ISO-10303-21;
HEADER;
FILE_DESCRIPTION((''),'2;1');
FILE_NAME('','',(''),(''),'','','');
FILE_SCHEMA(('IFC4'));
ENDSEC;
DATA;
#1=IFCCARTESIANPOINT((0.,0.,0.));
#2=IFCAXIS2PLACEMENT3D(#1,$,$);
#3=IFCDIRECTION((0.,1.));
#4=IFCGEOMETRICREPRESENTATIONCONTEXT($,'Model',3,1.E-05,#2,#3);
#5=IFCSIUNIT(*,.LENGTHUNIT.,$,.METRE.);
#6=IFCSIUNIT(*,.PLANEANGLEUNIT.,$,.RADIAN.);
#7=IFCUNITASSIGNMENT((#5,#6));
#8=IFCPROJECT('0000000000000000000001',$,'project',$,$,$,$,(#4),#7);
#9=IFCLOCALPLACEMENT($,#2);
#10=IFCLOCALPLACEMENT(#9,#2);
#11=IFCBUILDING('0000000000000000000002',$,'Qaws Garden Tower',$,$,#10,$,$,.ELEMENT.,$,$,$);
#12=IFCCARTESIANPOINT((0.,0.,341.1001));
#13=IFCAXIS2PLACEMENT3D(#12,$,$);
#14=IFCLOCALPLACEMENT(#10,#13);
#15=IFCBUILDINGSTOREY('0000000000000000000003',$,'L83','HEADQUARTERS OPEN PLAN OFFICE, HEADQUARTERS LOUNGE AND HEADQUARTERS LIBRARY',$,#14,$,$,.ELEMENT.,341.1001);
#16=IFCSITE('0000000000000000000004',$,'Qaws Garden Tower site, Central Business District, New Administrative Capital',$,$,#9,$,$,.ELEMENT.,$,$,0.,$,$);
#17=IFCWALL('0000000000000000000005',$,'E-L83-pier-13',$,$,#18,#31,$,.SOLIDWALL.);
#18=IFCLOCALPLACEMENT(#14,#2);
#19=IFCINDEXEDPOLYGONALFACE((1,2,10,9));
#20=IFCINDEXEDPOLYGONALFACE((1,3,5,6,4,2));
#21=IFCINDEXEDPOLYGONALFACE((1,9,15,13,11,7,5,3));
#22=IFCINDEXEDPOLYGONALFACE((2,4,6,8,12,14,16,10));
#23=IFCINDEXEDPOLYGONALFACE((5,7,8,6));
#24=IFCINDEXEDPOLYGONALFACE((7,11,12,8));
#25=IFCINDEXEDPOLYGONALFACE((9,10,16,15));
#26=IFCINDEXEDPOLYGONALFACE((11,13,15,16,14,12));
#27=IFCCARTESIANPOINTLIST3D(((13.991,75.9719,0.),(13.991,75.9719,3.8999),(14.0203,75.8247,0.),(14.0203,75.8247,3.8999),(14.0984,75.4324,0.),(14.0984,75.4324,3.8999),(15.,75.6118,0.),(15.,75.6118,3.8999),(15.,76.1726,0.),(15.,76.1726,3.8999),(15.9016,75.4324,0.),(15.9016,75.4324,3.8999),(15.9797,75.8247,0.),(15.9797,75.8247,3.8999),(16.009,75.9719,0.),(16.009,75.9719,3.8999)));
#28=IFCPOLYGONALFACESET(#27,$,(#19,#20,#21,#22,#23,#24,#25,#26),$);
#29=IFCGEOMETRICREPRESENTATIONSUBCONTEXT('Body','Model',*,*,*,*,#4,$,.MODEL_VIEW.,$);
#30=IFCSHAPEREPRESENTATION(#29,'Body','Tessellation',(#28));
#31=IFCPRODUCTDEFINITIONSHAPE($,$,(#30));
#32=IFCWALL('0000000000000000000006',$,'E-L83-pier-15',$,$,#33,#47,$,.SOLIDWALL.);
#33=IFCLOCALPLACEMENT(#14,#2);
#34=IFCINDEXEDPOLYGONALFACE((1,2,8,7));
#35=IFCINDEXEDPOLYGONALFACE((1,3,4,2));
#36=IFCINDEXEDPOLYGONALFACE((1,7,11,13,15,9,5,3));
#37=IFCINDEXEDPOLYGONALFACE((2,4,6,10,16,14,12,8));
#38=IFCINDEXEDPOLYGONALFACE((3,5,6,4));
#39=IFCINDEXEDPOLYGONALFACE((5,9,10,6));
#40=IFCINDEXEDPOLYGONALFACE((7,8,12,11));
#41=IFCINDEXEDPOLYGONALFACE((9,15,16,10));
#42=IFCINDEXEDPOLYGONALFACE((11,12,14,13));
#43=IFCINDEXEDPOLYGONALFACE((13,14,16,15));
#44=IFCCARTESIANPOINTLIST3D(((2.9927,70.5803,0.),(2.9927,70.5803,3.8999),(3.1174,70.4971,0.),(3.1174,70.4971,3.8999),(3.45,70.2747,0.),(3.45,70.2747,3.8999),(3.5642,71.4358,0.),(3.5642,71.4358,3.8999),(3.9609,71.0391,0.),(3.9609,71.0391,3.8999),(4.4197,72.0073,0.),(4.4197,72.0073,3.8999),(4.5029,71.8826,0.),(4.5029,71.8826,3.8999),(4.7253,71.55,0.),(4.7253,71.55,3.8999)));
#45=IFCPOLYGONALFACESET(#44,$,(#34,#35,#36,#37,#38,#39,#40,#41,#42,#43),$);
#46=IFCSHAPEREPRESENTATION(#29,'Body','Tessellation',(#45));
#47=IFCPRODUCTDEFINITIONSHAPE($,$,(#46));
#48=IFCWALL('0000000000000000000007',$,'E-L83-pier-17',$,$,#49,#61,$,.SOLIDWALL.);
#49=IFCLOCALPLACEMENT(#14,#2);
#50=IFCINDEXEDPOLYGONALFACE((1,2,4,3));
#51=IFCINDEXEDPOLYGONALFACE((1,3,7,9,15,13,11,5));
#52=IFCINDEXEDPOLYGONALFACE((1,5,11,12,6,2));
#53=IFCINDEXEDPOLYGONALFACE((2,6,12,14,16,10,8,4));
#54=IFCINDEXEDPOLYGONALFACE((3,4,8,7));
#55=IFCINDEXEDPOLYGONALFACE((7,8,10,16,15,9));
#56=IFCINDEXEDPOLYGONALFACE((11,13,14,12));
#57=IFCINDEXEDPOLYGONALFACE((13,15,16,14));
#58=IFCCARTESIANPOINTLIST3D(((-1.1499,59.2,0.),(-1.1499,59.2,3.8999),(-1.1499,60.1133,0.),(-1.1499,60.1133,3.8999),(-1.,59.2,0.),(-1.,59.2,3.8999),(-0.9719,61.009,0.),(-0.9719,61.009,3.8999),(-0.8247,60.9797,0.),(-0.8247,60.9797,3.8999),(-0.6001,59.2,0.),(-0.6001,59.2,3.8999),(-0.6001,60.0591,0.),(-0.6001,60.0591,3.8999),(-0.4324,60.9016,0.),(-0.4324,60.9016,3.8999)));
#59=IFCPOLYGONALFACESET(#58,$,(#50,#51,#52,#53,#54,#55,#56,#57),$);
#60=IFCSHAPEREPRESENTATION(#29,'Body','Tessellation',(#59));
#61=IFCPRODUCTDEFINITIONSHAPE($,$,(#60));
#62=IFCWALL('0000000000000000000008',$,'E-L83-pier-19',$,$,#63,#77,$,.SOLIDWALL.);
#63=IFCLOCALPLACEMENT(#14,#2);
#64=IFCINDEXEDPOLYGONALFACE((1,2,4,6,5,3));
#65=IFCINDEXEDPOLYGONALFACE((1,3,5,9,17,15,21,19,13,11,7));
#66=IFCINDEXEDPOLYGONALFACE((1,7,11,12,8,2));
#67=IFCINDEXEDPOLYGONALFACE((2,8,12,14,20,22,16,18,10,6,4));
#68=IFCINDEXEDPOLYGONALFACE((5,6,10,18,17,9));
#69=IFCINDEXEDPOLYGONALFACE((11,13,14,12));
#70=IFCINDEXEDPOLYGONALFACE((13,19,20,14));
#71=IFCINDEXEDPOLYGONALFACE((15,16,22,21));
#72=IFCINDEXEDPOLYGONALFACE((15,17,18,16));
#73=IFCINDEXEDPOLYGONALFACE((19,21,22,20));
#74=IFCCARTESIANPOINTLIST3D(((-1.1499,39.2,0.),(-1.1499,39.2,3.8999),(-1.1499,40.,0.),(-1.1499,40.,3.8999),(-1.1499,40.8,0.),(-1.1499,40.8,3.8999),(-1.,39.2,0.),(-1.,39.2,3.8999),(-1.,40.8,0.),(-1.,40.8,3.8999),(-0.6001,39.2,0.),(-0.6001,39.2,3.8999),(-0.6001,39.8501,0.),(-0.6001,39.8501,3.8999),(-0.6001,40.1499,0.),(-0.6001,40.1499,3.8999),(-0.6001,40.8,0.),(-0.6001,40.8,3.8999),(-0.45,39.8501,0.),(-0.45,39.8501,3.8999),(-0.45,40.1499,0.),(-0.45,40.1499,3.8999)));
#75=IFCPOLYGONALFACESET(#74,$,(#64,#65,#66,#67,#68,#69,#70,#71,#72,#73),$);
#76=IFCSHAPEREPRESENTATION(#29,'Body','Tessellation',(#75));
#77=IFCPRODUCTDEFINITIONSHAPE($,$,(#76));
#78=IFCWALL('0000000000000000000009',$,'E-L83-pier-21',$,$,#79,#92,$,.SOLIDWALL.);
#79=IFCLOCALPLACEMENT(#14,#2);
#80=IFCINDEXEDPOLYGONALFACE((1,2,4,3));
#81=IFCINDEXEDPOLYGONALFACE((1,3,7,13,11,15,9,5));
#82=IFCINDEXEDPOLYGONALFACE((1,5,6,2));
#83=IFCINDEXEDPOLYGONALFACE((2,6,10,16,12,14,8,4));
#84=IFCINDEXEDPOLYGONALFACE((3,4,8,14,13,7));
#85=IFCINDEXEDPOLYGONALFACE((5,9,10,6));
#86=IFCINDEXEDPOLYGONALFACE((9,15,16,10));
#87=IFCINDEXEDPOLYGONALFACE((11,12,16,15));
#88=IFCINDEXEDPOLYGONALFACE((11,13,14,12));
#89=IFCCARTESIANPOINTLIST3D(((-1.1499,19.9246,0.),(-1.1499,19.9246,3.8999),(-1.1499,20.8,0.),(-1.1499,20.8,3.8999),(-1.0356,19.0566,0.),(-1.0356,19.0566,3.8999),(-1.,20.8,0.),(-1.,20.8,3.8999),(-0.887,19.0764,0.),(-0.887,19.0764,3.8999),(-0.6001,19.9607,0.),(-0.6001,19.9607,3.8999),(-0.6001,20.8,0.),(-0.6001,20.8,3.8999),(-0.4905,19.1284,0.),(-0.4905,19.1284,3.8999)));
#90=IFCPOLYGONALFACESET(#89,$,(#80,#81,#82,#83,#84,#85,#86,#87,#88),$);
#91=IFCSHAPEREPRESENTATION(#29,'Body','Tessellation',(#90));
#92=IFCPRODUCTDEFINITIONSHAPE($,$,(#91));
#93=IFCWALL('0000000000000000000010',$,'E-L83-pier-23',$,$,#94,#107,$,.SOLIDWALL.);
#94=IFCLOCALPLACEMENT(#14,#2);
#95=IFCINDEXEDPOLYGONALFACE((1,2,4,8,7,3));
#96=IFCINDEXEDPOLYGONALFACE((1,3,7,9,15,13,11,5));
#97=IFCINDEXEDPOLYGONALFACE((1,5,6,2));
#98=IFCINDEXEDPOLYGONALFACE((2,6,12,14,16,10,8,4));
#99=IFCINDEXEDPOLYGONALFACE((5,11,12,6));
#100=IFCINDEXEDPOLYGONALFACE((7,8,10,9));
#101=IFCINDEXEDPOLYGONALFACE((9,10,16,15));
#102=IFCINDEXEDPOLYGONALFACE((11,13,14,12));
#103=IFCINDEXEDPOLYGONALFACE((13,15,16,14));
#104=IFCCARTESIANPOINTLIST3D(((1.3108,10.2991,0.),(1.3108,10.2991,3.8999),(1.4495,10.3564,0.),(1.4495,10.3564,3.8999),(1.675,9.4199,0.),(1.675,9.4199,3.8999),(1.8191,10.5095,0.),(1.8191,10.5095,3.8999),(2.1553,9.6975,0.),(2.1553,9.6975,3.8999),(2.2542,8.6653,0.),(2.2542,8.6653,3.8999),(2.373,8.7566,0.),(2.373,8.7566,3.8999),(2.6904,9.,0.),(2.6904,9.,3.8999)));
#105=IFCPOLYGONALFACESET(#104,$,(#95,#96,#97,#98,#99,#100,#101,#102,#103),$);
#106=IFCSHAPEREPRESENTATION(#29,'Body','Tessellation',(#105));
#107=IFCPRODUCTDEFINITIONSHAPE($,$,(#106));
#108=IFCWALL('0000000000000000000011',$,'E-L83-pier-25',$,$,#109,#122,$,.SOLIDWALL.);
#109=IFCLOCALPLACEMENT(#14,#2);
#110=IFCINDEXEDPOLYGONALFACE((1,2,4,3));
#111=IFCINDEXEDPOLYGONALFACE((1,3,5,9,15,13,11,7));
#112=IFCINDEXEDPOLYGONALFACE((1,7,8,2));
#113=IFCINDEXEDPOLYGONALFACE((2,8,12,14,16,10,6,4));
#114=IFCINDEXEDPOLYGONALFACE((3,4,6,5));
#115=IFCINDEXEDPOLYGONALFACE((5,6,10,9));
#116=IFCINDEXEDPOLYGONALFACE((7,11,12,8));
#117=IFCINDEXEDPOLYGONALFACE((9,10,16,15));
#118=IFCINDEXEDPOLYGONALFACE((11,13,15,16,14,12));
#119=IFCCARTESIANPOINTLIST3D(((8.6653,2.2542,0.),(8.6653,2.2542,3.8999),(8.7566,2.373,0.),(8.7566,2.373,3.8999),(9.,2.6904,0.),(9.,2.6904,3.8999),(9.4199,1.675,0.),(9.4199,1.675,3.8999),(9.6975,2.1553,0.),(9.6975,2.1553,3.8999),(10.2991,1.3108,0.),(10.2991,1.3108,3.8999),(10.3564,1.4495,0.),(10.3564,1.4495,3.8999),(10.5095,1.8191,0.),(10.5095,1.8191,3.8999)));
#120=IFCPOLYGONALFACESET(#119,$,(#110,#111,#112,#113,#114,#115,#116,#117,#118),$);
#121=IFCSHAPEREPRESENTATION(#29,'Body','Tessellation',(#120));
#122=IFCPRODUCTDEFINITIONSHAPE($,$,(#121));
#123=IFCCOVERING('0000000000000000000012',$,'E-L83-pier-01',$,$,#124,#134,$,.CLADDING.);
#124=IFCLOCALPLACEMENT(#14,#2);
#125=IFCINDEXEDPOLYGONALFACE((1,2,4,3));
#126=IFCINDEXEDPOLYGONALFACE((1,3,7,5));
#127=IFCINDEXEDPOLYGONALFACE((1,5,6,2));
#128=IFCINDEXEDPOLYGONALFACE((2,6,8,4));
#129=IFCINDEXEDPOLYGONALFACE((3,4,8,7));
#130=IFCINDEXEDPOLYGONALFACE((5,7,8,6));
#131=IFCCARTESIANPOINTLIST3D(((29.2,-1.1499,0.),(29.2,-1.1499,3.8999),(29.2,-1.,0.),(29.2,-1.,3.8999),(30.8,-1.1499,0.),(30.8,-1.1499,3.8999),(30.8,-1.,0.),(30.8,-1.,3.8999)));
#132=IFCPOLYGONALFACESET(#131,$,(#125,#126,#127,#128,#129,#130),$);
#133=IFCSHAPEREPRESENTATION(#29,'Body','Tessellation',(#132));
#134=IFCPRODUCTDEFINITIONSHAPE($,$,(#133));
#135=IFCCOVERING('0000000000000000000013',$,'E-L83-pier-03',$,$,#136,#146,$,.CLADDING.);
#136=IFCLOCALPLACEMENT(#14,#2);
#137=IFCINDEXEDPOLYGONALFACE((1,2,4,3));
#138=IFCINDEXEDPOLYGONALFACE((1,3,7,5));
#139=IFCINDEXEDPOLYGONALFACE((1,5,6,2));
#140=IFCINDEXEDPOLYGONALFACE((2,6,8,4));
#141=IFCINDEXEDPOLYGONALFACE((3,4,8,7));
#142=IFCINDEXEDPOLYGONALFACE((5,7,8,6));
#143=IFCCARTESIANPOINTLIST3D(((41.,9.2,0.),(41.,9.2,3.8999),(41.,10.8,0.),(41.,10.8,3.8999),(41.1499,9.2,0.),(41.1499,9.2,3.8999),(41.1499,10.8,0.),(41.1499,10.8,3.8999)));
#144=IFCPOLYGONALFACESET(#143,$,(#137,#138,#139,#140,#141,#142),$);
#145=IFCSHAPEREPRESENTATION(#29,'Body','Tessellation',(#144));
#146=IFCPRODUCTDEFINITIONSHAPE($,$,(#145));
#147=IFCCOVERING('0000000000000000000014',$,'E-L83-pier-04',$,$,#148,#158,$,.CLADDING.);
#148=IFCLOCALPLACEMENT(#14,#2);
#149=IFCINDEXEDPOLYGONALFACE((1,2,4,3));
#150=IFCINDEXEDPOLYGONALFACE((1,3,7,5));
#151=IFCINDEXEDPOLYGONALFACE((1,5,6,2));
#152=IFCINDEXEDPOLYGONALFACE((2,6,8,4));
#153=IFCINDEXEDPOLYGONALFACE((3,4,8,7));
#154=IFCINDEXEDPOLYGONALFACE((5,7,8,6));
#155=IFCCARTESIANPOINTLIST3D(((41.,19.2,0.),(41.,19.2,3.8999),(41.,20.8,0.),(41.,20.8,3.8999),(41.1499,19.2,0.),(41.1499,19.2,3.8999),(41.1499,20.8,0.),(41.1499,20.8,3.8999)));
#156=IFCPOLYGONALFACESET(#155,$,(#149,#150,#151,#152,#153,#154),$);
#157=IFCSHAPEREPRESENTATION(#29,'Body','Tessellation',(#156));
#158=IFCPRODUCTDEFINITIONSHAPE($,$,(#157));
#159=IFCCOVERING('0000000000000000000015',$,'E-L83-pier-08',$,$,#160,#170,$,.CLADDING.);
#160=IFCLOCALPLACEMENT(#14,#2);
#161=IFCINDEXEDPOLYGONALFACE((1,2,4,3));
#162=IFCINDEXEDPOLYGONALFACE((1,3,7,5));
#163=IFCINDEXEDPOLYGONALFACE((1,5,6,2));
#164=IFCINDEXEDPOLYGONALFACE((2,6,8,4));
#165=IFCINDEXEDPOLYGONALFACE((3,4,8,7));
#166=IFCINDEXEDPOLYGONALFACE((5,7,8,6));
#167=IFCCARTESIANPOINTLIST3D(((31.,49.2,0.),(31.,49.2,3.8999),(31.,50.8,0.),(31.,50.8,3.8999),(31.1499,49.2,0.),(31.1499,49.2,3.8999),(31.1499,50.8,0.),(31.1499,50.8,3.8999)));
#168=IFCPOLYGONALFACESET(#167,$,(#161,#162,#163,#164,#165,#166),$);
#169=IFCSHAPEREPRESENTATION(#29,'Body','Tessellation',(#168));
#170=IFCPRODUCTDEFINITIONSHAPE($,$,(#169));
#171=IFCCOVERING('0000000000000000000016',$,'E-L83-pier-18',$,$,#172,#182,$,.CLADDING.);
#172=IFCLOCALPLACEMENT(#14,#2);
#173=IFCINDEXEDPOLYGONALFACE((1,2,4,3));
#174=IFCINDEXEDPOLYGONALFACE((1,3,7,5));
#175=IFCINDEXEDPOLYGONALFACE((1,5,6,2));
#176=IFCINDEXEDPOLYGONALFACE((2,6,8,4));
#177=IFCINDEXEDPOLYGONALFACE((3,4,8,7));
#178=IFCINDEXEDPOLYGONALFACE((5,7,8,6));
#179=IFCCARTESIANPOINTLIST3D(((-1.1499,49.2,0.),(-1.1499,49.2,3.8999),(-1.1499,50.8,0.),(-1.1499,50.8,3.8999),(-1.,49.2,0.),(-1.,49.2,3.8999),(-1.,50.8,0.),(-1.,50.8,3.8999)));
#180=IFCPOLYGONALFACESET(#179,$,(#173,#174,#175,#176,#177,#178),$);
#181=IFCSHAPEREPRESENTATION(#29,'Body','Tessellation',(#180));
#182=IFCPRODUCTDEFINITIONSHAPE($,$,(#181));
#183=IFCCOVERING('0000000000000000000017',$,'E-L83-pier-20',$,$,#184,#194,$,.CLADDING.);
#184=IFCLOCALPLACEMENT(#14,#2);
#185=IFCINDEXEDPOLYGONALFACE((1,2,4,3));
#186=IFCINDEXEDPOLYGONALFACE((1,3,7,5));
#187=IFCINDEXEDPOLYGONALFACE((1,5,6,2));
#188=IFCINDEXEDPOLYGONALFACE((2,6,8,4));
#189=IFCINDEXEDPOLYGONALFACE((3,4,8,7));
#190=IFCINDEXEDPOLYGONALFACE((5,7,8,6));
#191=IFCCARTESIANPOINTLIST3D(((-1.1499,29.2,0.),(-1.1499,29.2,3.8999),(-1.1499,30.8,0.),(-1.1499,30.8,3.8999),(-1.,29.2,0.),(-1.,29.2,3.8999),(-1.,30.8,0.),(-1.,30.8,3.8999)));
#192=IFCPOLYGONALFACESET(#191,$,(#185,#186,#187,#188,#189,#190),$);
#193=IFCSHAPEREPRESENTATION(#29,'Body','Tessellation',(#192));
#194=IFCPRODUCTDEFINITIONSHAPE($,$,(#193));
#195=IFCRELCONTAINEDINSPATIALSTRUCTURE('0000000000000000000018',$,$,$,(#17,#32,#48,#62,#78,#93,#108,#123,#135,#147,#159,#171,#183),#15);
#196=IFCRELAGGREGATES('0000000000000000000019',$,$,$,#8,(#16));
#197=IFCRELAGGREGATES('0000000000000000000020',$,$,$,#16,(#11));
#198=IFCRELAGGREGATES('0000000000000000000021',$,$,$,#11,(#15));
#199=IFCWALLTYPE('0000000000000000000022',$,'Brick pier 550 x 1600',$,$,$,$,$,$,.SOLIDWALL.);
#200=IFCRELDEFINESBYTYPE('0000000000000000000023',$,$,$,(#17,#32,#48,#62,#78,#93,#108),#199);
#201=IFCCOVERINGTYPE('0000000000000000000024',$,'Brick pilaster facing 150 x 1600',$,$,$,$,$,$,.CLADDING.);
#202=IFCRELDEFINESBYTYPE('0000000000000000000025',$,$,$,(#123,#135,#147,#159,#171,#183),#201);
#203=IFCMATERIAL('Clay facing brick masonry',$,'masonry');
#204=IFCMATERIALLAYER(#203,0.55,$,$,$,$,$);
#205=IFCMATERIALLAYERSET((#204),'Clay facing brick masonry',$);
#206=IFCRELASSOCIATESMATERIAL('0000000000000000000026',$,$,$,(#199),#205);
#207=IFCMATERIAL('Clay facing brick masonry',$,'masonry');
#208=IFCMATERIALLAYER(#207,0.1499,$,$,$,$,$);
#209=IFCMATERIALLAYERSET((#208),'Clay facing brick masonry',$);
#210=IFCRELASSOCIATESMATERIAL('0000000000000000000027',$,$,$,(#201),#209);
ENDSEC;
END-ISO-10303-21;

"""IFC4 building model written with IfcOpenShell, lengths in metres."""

from ifc_helpers import new_model, si_unit, direction, frame, origin, place, context, subcontext, project, spatial, polyline, outline, extrude, material, layer, layer_set, type_object, element, save


model = new_model("IFC4")

# Units and contexts
model_context = context("Model", 3, precision=1e-05, world=origin(), true_north=direction((0.0, 1.0)))
body_context = subcontext(model_context, "Body", "Model", "MODEL_VIEW")
ifc_project = project(units=[si_unit("LENGTHUNIT", "METRE"), si_unit("PLANEANGLEUNIT", "RADIAN")], contexts=[model_context])

# Site, building, storey
site_placement = place(None, origin())
site = spatial("IfcSite", under=ifc_project, at=site_placement, Name="Qaws Garden Tower site, Central Business District, New Administrative Capital", CompositionType="ELEMENT", RefElevation=0.0)
building_placement = place(site_placement, origin())
building = spatial("IfcBuilding", under=site, at=building_placement, Name="Qaws Garden Tower", CompositionType="ELEMENT")
storey_placement = place(building_placement, frame((0.0, 0.0, 341.1001)))
storey = spatial("IfcBuildingStorey", under=building, at=storey_placement, Name="L83", Description="HEADQUARTERS OPEN PLAN OFFICE, HEADQUARTERS LOUNGE AND HEADQUARTERS LIBRARY", CompositionType="ELEMENT", Elevation=341.1001)

# Walls
placement = place(storey_placement, origin())
ifc_material_1 = material(Name="Clay facing brick masonry", Category="masonry")
ifc_layer_1 = layer(ifc_material_1, 0.55)
ifc_layer_set_1 = layer_set([ifc_layer_1], Name="Clay facing brick masonry")
wall_type_1 = type_object("IfcWallType", Name="Brick pier 550 x 1600", PredefinedType="SOLIDWALL", material=ifc_layer_set_1)
element("IfcWall", 1, at=placement, inside=storey, type_object=wall_type_1, Name="E-L83-pier-13", PredefinedType="SOLIDWALL", context=body_context, shape_type="SweptSolid", body=[
    extrude(outline(polyline([(15.9797, 75.8247), (16.009, 75.9719), (15.0, 76.1726), (13.991, 75.9719), (14.0203, 75.8247), (14.0984, 75.4324), (15.0, 75.6118), (15.9016, 75.4324), (15.9797, 75.8247)])), origin(), (0.0, 0.0, 1.0), 3.8999),
])
element("IfcWall", 2, at=placement, inside=storey, type_object=wall_type_1, Name="E-L83-pier-15", PredefinedType="SOLIDWALL", context=body_context, shape_type="SweptSolid", body=[
    extrude(outline(polyline([(4.5029, 71.8826), (4.4197, 72.0073), (3.5642, 71.4358), (2.9927, 70.5803), (3.1174, 70.4971), (3.45, 70.2747), (3.9609, 71.0391), (4.7253, 71.55), (4.5029, 71.8826)])), origin(), (0.0, 0.0, 1.0), 3.8999),
])
element("IfcWall", 3, at=placement, inside=storey, type_object=wall_type_1, Name="E-L83-pier-17", PredefinedType="SOLIDWALL", context=body_context, shape_type="SweptSolid", body=[
    extrude(outline(polyline([(-0.8247, 60.9797), (-0.9719, 61.009), (-1.1499, 60.1133), (-1.1499, 59.2), (-1.0, 59.2), (-0.6001, 59.2), (-0.6001, 60.0591), (-0.4324, 60.9016), (-0.8247, 60.9797)])), origin(), (0.0, 0.0, 1.0), 3.8999),
])
element("IfcWall", 4, at=placement, inside=storey, type_object=wall_type_1, Name="E-L83-pier-19", PredefinedType="SOLIDWALL", context=body_context, shape_type="SweptSolid", body=[
    extrude(outline(polyline([(-0.6001, 39.2), (-0.6001, 39.8501), (-0.45, 39.8501), (-0.45, 40.1499), (-0.6001, 40.1499), (-0.6001, 40.8), (-1.0, 40.8), (-1.1499, 40.8), (-1.1499, 40.0), (-1.1499, 39.2), (-1.0, 39.2), (-0.6001, 39.2)])), origin(), (0.0, 0.0, 1.0), 3.8999),
])
element("IfcWall", 5, at=placement, inside=storey, type_object=wall_type_1, Name="E-L83-pier-21", PredefinedType="SOLIDWALL", context=body_context, shape_type="SweptSolid", body=[
    extrude(outline(polyline([(-1.0, 20.8), (-1.1499, 20.8), (-1.1499, 19.9246), (-1.0356, 19.0566), (-0.887, 19.0764), (-0.4905, 19.1284), (-0.6001, 19.9607), (-0.6001, 20.8), (-1.0, 20.8)])), origin(), (0.0, 0.0, 1.0), 3.8999),
])
element("IfcWall", 6, at=placement, inside=storey, type_object=wall_type_1, Name="E-L83-pier-23", PredefinedType="SOLIDWALL", context=body_context, shape_type="SweptSolid", body=[
    extrude(outline(polyline([(1.4495, 10.3564), (1.3108, 10.2991), (1.675, 9.4199), (2.2542, 8.6653), (2.373, 8.7566), (2.6904, 9.0), (2.1553, 9.6975), (1.8191, 10.5095), (1.4495, 10.3564)])), origin(), (0.0, 0.0, 1.0), 3.8999),
])
element("IfcWall", 7, at=placement, inside=storey, type_object=wall_type_1, Name="E-L83-pier-25", PredefinedType="SOLIDWALL", context=body_context, shape_type="SweptSolid", body=[
    extrude(outline(polyline([(8.7566, 2.373), (8.6653, 2.2542), (9.4199, 1.675), (10.2991, 1.3108), (10.3564, 1.4495), (10.5095, 1.8191), (9.6975, 2.1553), (9.0, 2.6904), (8.7566, 2.373)])), origin(), (0.0, 0.0, 1.0), 3.8999),
])

# Coverings
ifc_material_2 = material(Name="Clay facing brick masonry", Category="masonry")
ifc_layer_2 = layer(ifc_material_2, 0.1499)
ifc_layer_set_2 = layer_set([ifc_layer_2], Name="Clay facing brick masonry")
covering_type = type_object("IfcCoveringType", Name="Brick pilaster facing 150 x 1600", PredefinedType="CLADDING", material=ifc_layer_set_2)
element("IfcCovering", 8, at=placement, inside=storey, type_object=covering_type, Name="E-L83-pier-01", PredefinedType="CLADDING", context=body_context, shape_type="SweptSolid", body=[
    extrude(outline(polyline([(29.2, -1.0), (30.8, -1.0), (30.8, -1.1499), (29.2, -1.1499), (29.2, -1.0)])), origin(), (0.0, 0.0, 1.0), 3.8999),
])
element("IfcCovering", 9, at=placement, inside=storey, type_object=covering_type, Name="E-L83-pier-03", PredefinedType="CLADDING", context=body_context, shape_type="SweptSolid", body=[
    extrude(outline(polyline([(41.0, 9.2), (41.0, 10.8), (41.1499, 10.8), (41.1499, 9.2), (41.0, 9.2)])), origin(), (0.0, 0.0, 1.0), 3.8999),
])
element("IfcCovering", 10, at=placement, inside=storey, type_object=covering_type, Name="E-L83-pier-04", PredefinedType="CLADDING", context=body_context, shape_type="SweptSolid", body=[
    extrude(outline(polyline([(41.0, 19.2), (41.0, 20.8), (41.1499, 20.8), (41.1499, 19.2), (41.0, 19.2)])), origin(), (0.0, 0.0, 1.0), 3.8999),
])
element("IfcCovering", 11, at=placement, inside=storey, type_object=covering_type, Name="E-L83-pier-08", PredefinedType="CLADDING", context=body_context, shape_type="SweptSolid", body=[
    extrude(outline(polyline([(31.0, 49.2), (31.0, 50.8), (31.1499, 50.8), (31.1499, 49.2), (31.0, 49.2)])), origin(), (0.0, 0.0, 1.0), 3.8999),
])
element("IfcCovering", 12, at=placement, inside=storey, type_object=covering_type, Name="E-L83-pier-18", PredefinedType="CLADDING", context=body_context, shape_type="SweptSolid", body=[
    extrude(outline(polyline([(-1.0, 50.8), (-1.0, 49.2), (-1.1499, 49.2), (-1.1499, 50.8), (-1.0, 50.8)])), origin(), (0.0, 0.0, 1.0), 3.8999),
])
element("IfcCovering", 13, at=placement, inside=storey, type_object=covering_type, Name="E-L83-pier-20", PredefinedType="CLADDING", context=body_context, shape_type="SweptSolid", body=[
    extrude(outline(polyline([(-1.0, 30.8), (-1.0, 29.2), (-1.1499, 29.2), (-1.1499, 30.8), (-1.0, 30.8)])), origin(), (0.0, 0.0, 1.0), 3.8999),
])

save(model, "model.ifc")
